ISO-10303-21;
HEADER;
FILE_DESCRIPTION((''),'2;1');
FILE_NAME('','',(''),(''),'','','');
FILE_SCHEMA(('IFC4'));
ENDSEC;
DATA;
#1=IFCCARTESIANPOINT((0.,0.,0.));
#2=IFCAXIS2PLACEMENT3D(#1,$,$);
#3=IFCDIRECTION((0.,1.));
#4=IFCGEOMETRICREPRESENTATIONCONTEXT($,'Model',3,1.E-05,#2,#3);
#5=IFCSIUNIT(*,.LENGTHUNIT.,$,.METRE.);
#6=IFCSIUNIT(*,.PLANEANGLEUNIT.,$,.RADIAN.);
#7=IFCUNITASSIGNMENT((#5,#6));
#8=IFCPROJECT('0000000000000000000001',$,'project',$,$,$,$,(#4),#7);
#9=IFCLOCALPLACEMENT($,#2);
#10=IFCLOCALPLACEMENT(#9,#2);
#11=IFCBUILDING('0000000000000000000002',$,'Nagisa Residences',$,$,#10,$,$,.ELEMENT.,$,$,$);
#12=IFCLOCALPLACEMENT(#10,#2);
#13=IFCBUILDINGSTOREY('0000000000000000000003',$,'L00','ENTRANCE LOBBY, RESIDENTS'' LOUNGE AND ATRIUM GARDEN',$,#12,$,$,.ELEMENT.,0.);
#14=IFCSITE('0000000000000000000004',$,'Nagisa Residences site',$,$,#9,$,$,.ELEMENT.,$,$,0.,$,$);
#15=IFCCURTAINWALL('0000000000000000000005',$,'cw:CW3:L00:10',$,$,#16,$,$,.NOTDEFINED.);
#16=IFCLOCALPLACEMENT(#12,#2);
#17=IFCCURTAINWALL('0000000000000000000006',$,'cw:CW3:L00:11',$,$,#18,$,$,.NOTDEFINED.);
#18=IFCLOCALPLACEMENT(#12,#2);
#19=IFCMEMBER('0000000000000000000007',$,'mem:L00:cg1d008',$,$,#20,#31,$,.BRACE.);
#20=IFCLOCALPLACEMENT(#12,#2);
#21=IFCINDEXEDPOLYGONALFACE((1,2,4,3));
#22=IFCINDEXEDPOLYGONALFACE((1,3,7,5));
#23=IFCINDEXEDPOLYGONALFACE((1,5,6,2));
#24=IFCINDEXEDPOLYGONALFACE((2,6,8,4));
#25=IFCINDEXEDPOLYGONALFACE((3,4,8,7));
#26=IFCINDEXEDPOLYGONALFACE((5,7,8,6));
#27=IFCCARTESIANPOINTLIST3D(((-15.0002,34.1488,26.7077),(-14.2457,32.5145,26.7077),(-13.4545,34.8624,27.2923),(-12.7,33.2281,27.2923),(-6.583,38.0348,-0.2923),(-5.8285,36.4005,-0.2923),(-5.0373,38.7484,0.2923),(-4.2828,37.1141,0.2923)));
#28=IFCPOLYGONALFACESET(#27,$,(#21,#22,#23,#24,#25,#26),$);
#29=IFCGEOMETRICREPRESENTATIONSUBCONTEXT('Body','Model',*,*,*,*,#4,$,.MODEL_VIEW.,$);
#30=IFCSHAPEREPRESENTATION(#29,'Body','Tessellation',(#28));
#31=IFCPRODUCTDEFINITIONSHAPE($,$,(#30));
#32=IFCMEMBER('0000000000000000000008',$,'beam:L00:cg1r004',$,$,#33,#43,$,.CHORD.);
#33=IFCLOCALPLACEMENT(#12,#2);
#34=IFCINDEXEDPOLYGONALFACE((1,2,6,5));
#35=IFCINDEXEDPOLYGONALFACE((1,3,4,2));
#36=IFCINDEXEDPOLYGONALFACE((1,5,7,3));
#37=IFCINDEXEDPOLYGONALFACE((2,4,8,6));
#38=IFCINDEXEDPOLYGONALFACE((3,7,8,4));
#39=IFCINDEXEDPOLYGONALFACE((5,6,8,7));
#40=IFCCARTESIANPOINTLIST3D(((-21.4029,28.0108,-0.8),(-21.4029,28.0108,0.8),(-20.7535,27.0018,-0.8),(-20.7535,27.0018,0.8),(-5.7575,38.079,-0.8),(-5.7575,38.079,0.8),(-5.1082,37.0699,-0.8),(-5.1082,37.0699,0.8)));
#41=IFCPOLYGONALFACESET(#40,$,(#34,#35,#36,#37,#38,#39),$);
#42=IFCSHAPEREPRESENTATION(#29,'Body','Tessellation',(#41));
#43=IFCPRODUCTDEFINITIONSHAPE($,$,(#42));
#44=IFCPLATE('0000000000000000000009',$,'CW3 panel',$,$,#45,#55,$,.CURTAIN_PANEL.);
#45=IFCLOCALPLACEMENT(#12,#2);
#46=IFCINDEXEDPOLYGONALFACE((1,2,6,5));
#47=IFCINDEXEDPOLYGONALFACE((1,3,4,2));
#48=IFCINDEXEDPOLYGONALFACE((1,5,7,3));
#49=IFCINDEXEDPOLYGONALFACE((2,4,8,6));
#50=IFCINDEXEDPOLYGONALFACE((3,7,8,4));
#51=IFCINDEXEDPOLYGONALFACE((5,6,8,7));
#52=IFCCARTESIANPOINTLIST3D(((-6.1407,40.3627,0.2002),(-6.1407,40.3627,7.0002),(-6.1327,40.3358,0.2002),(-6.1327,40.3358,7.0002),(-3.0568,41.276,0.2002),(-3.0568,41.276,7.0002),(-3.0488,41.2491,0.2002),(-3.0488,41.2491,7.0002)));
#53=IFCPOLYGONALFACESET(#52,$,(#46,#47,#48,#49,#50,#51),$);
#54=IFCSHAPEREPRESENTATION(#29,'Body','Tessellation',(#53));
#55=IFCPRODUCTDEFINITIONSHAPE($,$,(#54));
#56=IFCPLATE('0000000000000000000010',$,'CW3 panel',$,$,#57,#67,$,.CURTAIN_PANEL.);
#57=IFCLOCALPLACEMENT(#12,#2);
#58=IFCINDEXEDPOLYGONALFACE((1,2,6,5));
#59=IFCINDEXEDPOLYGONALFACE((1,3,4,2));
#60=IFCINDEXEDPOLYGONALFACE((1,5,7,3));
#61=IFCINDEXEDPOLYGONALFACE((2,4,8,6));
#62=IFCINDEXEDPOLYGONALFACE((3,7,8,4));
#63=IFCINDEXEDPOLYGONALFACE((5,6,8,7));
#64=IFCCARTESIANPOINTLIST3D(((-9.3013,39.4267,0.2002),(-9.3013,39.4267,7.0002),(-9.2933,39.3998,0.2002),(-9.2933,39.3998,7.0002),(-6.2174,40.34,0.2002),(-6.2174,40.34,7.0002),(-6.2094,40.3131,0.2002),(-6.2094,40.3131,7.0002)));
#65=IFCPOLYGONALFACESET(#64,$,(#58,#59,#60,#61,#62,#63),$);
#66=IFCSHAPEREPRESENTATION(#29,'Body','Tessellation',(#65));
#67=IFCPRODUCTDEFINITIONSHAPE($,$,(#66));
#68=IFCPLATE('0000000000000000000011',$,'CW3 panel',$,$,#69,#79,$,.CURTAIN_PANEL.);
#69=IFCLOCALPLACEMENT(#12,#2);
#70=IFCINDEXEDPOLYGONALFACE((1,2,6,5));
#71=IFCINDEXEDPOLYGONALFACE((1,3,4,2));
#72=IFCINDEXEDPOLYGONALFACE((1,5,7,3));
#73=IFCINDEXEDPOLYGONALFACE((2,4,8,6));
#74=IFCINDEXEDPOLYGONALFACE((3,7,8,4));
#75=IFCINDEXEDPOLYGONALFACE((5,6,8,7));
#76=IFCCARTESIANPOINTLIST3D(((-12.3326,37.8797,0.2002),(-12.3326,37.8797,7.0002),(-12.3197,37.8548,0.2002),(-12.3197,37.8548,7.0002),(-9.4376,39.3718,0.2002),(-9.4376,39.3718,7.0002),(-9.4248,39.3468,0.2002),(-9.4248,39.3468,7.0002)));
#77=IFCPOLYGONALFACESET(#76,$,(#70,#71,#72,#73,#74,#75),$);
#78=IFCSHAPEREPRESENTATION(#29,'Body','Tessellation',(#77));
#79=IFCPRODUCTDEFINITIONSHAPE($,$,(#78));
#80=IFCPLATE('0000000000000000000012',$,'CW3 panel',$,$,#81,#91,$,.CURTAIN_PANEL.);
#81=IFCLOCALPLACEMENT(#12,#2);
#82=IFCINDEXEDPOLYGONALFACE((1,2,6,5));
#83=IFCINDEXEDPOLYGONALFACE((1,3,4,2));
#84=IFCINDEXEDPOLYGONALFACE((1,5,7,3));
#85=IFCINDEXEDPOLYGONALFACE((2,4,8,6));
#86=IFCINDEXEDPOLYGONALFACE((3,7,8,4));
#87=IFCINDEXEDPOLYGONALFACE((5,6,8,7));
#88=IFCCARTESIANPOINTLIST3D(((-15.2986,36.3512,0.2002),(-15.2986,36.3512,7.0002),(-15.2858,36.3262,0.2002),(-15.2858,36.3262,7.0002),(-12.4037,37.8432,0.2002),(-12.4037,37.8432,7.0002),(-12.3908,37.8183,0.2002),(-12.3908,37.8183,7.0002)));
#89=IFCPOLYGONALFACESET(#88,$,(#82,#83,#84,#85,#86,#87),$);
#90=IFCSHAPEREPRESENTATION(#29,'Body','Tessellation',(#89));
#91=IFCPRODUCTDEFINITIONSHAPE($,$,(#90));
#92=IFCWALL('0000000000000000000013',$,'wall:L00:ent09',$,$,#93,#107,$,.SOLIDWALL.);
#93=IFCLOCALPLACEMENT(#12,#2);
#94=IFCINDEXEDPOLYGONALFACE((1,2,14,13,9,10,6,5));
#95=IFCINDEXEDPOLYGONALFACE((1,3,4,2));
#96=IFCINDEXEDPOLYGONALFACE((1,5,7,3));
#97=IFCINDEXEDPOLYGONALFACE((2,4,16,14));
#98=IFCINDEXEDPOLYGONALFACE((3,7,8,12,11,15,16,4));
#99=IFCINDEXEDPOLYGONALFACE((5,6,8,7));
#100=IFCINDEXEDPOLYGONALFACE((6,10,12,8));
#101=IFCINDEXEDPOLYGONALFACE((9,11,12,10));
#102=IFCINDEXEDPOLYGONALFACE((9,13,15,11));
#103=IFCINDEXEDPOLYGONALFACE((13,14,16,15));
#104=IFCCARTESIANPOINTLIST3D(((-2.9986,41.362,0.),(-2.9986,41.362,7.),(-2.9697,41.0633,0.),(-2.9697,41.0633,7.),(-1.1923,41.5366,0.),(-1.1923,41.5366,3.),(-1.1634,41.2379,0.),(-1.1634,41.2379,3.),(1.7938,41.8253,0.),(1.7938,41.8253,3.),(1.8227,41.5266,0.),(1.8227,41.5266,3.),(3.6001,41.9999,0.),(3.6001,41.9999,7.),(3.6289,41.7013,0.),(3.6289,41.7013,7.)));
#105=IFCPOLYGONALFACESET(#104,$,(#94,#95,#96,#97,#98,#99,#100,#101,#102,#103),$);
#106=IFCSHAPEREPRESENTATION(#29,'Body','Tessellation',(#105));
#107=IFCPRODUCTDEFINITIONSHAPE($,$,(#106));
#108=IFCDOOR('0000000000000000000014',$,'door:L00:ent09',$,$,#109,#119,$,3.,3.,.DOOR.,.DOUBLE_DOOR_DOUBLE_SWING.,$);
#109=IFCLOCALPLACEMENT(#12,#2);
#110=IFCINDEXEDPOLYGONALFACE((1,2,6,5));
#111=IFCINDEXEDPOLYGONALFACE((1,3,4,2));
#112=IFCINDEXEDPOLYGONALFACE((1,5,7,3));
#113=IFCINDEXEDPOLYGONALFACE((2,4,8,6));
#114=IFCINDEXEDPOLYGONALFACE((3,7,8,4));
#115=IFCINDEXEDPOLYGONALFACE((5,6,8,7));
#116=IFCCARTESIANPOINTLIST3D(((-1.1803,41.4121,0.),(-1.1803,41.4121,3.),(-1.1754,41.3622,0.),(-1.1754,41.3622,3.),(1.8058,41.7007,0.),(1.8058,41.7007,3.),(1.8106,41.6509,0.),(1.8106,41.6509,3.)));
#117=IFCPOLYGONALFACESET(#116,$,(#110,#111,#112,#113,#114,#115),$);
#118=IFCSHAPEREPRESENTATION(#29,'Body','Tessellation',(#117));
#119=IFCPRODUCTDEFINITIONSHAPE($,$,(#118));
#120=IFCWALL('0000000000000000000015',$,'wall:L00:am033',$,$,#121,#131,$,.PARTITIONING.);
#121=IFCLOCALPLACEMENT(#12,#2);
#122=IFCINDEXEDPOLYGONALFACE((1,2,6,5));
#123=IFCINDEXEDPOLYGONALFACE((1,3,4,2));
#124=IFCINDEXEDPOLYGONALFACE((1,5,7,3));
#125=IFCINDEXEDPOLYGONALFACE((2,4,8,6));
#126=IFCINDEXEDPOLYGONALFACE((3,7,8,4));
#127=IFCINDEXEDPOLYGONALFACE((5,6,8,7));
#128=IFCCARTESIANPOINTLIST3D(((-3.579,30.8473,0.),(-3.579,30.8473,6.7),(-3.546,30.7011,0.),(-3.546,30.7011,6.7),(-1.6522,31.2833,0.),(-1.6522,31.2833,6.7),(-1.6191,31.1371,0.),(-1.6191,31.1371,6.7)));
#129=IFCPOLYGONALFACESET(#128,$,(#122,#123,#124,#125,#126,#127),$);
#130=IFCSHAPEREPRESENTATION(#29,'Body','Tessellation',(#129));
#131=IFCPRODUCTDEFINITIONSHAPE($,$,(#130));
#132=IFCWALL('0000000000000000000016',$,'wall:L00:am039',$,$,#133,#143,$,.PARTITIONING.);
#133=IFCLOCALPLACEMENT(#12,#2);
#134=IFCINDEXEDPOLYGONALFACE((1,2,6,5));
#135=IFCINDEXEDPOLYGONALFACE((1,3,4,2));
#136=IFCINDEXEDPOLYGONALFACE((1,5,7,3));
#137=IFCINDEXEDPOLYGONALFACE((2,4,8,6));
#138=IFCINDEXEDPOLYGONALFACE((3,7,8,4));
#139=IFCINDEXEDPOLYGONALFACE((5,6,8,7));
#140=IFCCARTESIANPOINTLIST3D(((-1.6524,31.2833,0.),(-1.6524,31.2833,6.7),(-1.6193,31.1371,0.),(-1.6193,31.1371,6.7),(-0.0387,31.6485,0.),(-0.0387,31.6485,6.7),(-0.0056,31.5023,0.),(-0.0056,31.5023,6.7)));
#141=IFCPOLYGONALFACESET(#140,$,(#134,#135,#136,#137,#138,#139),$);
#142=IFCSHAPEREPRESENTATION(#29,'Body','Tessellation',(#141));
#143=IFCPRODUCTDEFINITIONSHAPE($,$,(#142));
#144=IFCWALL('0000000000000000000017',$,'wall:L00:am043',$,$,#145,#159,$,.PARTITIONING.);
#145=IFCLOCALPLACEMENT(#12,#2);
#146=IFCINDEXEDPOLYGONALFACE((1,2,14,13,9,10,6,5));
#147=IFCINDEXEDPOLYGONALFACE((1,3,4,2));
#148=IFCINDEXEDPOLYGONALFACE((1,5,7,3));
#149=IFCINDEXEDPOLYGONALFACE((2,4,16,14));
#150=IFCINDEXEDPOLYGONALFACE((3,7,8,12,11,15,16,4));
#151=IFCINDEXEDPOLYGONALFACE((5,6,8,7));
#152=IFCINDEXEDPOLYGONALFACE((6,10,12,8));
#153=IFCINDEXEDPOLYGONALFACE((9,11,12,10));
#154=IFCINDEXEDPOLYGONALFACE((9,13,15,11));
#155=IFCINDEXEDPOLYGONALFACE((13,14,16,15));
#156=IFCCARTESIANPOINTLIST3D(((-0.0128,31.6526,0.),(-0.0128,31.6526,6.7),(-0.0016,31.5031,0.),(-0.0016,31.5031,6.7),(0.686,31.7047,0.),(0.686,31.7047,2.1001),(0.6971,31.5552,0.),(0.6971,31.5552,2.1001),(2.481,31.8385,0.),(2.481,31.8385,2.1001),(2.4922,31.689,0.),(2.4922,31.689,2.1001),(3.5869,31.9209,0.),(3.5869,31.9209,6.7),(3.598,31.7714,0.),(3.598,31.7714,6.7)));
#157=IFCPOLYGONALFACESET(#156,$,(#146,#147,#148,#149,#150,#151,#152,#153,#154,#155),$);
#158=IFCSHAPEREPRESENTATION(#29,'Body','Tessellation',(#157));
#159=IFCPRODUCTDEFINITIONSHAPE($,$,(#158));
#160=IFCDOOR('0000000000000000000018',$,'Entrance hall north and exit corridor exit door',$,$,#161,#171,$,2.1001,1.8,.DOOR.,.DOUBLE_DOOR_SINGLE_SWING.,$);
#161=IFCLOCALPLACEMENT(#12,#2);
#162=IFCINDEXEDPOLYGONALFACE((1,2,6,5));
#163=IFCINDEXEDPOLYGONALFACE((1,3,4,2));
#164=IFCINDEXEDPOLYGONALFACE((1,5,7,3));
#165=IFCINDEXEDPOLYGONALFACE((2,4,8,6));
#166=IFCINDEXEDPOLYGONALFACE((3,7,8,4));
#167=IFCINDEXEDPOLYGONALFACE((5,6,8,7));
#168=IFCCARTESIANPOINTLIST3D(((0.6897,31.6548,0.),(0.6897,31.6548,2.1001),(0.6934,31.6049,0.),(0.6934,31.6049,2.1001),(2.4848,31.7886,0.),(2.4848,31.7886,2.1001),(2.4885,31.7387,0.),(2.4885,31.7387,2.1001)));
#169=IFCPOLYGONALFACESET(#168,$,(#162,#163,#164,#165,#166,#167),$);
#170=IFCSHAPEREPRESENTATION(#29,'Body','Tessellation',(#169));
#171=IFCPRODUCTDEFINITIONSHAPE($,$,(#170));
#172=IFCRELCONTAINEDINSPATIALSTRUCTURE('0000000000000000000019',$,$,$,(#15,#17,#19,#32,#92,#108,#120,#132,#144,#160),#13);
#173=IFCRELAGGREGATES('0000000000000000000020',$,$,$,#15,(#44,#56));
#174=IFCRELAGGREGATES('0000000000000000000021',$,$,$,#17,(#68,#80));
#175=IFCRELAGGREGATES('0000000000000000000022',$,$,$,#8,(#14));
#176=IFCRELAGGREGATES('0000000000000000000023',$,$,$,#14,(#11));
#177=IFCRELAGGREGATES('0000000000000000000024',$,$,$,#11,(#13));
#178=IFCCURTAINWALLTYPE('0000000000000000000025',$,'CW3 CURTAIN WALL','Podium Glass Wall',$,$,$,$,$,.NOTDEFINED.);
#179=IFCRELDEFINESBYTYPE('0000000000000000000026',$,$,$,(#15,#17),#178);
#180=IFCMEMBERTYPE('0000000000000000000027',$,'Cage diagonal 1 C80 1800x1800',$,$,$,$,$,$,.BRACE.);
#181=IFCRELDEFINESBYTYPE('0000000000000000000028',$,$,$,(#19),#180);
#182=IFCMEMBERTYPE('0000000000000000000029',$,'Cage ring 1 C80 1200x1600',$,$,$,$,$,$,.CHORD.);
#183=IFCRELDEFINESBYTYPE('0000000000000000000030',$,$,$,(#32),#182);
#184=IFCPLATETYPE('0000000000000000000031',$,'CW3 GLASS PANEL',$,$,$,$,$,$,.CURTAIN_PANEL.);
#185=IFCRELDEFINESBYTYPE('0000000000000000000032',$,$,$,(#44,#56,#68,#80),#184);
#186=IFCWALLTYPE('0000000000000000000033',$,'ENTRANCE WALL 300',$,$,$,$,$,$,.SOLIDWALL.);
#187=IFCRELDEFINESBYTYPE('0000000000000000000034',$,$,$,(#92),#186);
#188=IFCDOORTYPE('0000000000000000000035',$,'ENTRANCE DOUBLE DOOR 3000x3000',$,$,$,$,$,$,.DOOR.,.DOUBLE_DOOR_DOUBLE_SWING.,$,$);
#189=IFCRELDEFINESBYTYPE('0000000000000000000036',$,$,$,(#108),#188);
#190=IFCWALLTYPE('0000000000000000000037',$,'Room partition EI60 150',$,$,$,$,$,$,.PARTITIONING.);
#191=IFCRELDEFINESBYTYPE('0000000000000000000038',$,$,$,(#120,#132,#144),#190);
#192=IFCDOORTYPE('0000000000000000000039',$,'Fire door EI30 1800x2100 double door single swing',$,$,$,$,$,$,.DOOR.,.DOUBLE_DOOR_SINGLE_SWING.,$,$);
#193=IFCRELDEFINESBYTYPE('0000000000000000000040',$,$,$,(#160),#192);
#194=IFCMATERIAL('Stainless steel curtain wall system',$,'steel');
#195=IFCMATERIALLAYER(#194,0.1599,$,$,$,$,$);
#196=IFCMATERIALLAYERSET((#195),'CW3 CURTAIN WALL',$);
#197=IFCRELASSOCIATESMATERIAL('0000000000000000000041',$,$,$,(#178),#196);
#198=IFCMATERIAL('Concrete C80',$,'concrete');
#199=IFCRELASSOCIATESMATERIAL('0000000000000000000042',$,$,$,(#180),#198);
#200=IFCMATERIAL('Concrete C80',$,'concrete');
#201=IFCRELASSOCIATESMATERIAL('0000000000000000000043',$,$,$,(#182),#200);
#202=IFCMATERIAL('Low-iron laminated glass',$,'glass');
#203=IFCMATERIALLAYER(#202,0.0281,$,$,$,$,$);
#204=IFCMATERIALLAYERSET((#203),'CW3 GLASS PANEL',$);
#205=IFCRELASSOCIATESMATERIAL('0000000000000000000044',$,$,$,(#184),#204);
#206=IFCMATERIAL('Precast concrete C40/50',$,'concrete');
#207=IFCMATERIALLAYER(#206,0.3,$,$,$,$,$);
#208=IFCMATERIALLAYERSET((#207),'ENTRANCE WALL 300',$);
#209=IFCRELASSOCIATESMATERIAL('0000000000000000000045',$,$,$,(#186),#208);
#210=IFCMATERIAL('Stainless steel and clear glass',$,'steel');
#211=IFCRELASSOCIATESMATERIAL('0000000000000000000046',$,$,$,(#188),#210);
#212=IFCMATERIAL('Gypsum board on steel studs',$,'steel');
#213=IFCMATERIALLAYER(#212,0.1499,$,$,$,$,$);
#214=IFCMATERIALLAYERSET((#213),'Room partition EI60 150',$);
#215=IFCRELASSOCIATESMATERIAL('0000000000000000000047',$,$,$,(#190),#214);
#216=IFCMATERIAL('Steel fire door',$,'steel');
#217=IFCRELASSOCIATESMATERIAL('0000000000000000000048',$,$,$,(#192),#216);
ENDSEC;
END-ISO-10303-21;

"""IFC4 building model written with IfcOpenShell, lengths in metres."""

from ifc_helpers import new_model, si_unit, direction, frame, frame_2d, origin, origin_2d, place, context, subcontext, project, spatial, rectangle, extrude, material, layer, layer_set, material_profile, profile_set, type_object, element, fill, aggregate, save


model = new_model("IFC4")

# Units and contexts
model_context = context("Model", 3, precision=1e-05, world=origin(), true_north=direction((0.0, 1.0)))
body_context = subcontext(model_context, "Body", "Model", "MODEL_VIEW")
ifc_project = project(units=[si_unit("LENGTHUNIT", "METRE"), si_unit("PLANEANGLEUNIT", "RADIAN")], contexts=[model_context])

# Site, building, storey
site_placement = place(None, origin())
site = spatial("IfcSite", under=ifc_project, at=site_placement, Name="Nagisa Residences site", CompositionType="ELEMENT", RefElevation=0.0)
building_placement = place(site_placement, origin())
building = spatial("IfcBuilding", under=site, at=building_placement, Name="Nagisa Residences", CompositionType="ELEMENT")
storey_placement = place(building_placement, origin())
storey = spatial("IfcBuildingStorey", under=building, at=storey_placement, Name="L00", Description="ENTRANCE LOBBY, RESIDENTS' LOUNGE AND ATRIUM GARDEN", CompositionType="ELEMENT", Elevation=0.0)

# Curtain wall
ifc_material_1 = material(Name="Stainless steel curtain wall system", Category="steel")
ifc_layer_1 = layer(ifc_material_1, 0.1599)
ifc_layer_set_1 = layer_set([ifc_layer_1], Name="CW3 CURTAIN WALL")
curtain_wall_type = type_object("IfcCurtainWallType", Name="CW3 CURTAIN WALL", Description="Podium Glass Wall", PredefinedType="NOTDEFINED", material=ifc_layer_set_1)
curtain_wall_1_placement = place(storey_placement, origin())
curtain_wall_1 = element("IfcCurtainWall", 1, at=curtain_wall_1_placement, inside=storey, type_object=curtain_wall_type, Name="cw:CW3:L00:10", PredefinedType="NOTDEFINED")

# Curtain wall
curtain_wall_2_placement = place(storey_placement, origin())
curtain_wall_2 = element("IfcCurtainWall", 2, at=curtain_wall_2_placement, inside=storey, type_object=curtain_wall_type, Name="cw:CW3:L00:11", PredefinedType="NOTDEFINED")

# Members
ifc_material_2 = material(Name="Concrete C80", Category="concrete")
ifc_material_profile_1 = material_profile(ifc_material_2, rectangle(XDim=1.8, YDim=1.8, at=origin_2d()), Name="C80 1800x1800")
ifc_profile_set_1 = profile_set([ifc_material_profile_1], Name="Concrete C80")
member_type_1 = type_object("IfcMemberType", Name="Cage diagonal 1 C80 1800x1800", PredefinedType="BRACE", material=ifc_profile_set_1)
member_1_placement = place(storey_placement, frame((-5.4329, 37.5745, 0.0), z_axis=(-0.294852, -0.136124, 0.945797), x_axis=(0.419157, -0.907914, 0.0)))
element("IfcMember", 3, at=member_1_placement, inside=storey, type_object=member_type_1, Name="mem:L00:cg1d008", PredefinedType="BRACE", context=body_context, shape_type="SweptSolid", body=[
    extrude(rectangle(XDim=1.8, YDim=1.8, at=origin_2d()), origin(), (0.0, 0.0, 1.0), 28.5474),
])
ifc_material_3 = material(Name="Concrete C80", Category="concrete")
ifc_material_profile_2 = material_profile(ifc_material_3, rectangle(XDim=1.2, YDim=1.6001, at=origin_2d()), Name="C80 1200x1600")
ifc_profile_set_2 = profile_set([ifc_material_profile_2], Name="Concrete C80")
member_type_2 = type_object("IfcMemberType", Name="Cage ring 1 C80 1200x1600", PredefinedType="CHORD", material=ifc_profile_set_2)
member_2_placement = place(storey_placement, frame((-5.4329, 37.5745, 0.0), z_axis=(-0.840923, -0.541155, 0.0), x_axis=(0.541155, -0.840923, 0.0)))
element("IfcMember", 4, at=member_2_placement, inside=storey, type_object=member_type_2, Name="beam:L00:cg1r004", PredefinedType="CHORD", context=body_context, shape_type="SweptSolid", body=[
    extrude(rectangle(XDim=1.2, YDim=1.6001, at=origin_2d()), origin(), (0.0, 0.0, 1.0), 18.605),
])

# Plates
ifc_material_4 = material(Name="Low-iron laminated glass", Category="glass")
ifc_layer_2 = layer(ifc_material_4, 0.0281)
ifc_layer_set_2 = layer_set([ifc_layer_2], Name="CW3 GLASS PANEL")
plate_type = type_object("IfcPlateType", Name="CW3 GLASS PANEL", PredefinedType="CURTAIN_PANEL", material=ifc_layer_set_2)
plate_1_placement = place(storey_placement, frame((-4.5947, 40.8059, 0.2002), z_axis=(0.0, 0.0, 1.0), x_axis=(-0.958835, -0.283963, 0.0)))
plate_1 = element("IfcPlate", 5, at=plate_1_placement, type_object=plate_type, Name="CW3 panel", PredefinedType="CURTAIN_PANEL", context=body_context, shape_type="SweptSolid", body=[
    extrude(rectangle(XDim=3.2163, YDim=0.0281, at=origin_2d()), origin(), (0.0, 0.0, 1.0), 6.8),
])
plate_2_placement = place(storey_placement, frame((-7.7554, 39.8699, 0.2002), z_axis=(0.0, 0.0, 1.0), x_axis=(-0.958835, -0.283963, 0.0)))
plate_2 = element("IfcPlate", 6, at=plate_2_placement, type_object=plate_type, Name="CW3 panel", PredefinedType="CURTAIN_PANEL", context=body_context, shape_type="SweptSolid", body=[
    extrude(rectangle(XDim=3.2163, YDim=0.0281, at=origin_2d()), origin(), (0.0, 0.0, 1.0), 6.8),
])
aggregate(curtain_wall_1, [plate_1, plate_2])
plate_3_placement = place(storey_placement, frame((-10.8787, 38.6133, 0.2002), z_axis=(0.0, 0.0, 1.0), x_axis=(-0.888887, -0.458126, 0.0)))
plate_3 = element("IfcPlate", 7, at=plate_3_placement, type_object=plate_type, Name="CW3 panel", PredefinedType="CURTAIN_PANEL", context=body_context, shape_type="SweptSolid", body=[
    extrude(rectangle(XDim=3.2568, YDim=0.0281, at=origin_2d()), origin(), (0.0, 0.0, 1.0), 6.8),
])
plate_4_placement = place(storey_placement, frame((-13.8447, 37.0847, 0.2002), z_axis=(0.0, 0.0, 1.0), x_axis=(-0.888887, -0.458126, 0.0)))
plate_4 = element("IfcPlate", 8, at=plate_4_placement, type_object=plate_type, Name="CW3 panel", PredefinedType="CURTAIN_PANEL", context=body_context, shape_type="SweptSolid", body=[
    extrude(rectangle(XDim=3.2568, YDim=0.0281, at=origin_2d()), origin(), (0.0, 0.0, 1.0), 6.8),
])
aggregate(curtain_wall_2, [plate_3, plate_4])

# Wall, opening, door
ifc_material_5 = material(Name="Precast concrete C40/50", Category="concrete")
ifc_layer_3 = layer(ifc_material_5, 0.3)
ifc_layer_set_3 = layer_set([ifc_layer_3], Name="ENTRANCE WALL 300")
wall_type_1 = type_object("IfcWallType", Name="ENTRANCE WALL 300", PredefinedType="SOLIDWALL", material=ifc_layer_set_3)
wall_1_placement = place(storey_placement, frame((-2.9841, 41.2126, 0.0), z_axis=(0.0, 0.0, 1.0), x_axis=(0.995359, 0.096229, 0.0)))
wall_1 = element("IfcWall", 9, at=wall_1_placement, inside=storey, type_object=wall_type_1, Name="wall:L00:ent09", PredefinedType="SOLIDWALL", context=body_context, shape_type="SweptSolid", body=[
    extrude(rectangle(XDim=6.6294, YDim=0.3, at=frame_2d((3.3147, 0.0))), origin(), (0.0, 0.0, 1.0), 7.0),
])
opening_1_placement = place(wall_1_placement, frame((1.8147, 0.0, 0.0)))
opening_1 = element("IfcOpeningElement", 10, at=opening_1_placement, cuts=wall_1, PredefinedType="OPENING", context=body_context, shape_type="SweptSolid", body=[
    extrude(rectangle(XDim=3.0, YDim=3.0, at=frame_2d((1.5, 1.5))), frame((0.0, 0.1599, 0.0), z_axis=(0.0, -1.0, 0.0), x_axis=(1.0, 0.0, 0.0)), (0.0, 0.0, 1.0), 0.3201),
])
ifc_material_6 = material(Name="Stainless steel and clear glass", Category="steel")
door_type_1 = type_object("IfcDoorType", Name="ENTRANCE DOUBLE DOOR 3000x3000", OperationType="DOUBLE_DOOR_DOUBLE_SWING", PredefinedType="DOOR", material=ifc_material_6)
door_1_placement = place(opening_1_placement, origin())
door_1 = element("IfcDoor", 11, at=door_1_placement, inside=storey, type_object=door_type_1, Name="door:L00:ent09", OperationType="DOUBLE_DOOR_DOUBLE_SWING", OverallHeight=3.0, OverallWidth=3.0, PredefinedType="DOOR", context=body_context, shape_type="SweptSolid", body=[
    extrude(rectangle(XDim=3.0, YDim=3.0, at=frame_2d((1.5, 1.5))), frame((0.0, 0.0249, 0.0), z_axis=(0.0, -1.0, 0.0), x_axis=(1.0, 0.0, 0.0)), (0.0, 0.0, 1.0), 0.05),
])
fill(opening_1, door_1)

# Walls
ifc_material_7 = material(Name="Gypsum board on steel studs", Category="steel")
ifc_layer_4 = layer(ifc_material_7, 0.1499)
ifc_layer_set_4 = layer_set([ifc_layer_4], Name="Room partition EI60 150")
wall_type_2 = type_object("IfcWallType", Name="Room partition EI60 150", PredefinedType="PARTITIONING", material=ifc_layer_set_4)
wall_2_placement = place(storey_placement, frame((-3.5625, 30.7742, 0.0), z_axis=(0.0, 0.0, 1.0), x_axis=(0.975336, 0.220724, 0.0)))
element("IfcWall", 12, at=wall_2_placement, inside=storey, type_object=wall_type_2, Name="wall:L00:am033", PredefinedType="PARTITIONING", context=body_context, shape_type="SweptSolid", body=[
    extrude(rectangle(XDim=1.9756, YDim=0.1499, at=frame_2d((0.9878, 0.0))), origin(), (0.0, 0.0, 1.0), 6.7),
])
wall_3_placement = place(storey_placement, frame((-1.6357, 31.2102, 0.0), z_axis=(0.0, 0.0, 1.0), x_axis=(0.975332, 0.220741, 0.0)))
element("IfcWall", 13, at=wall_3_placement, inside=storey, type_object=wall_type_2, Name="wall:L00:am039", PredefinedType="PARTITIONING", context=body_context, shape_type="SweptSolid", body=[
    extrude(rectangle(XDim=1.6545, YDim=0.1499, at=frame_2d((0.8271, 0.0))), origin(), (0.0, 0.0, 1.0), 6.7),
])

# Wall, opening, door
wall_4_placement = place(storey_placement, frame((-0.0071, 31.5779, 0.0), z_axis=(0.0, 0.0, 1.0), x_axis=(0.997234, 0.074333, 0.0)))
wall_4 = element("IfcWall", 14, at=wall_4_placement, inside=storey, type_object=wall_type_2, Name="wall:L00:am043", PredefinedType="PARTITIONING", context=body_context, shape_type="SweptSolid", body=[
    extrude(rectangle(XDim=3.6096, YDim=0.1499, at=frame_2d((1.8047, 0.0))), origin(), (0.0, 0.0, 1.0), 6.7),
])
opening_2_placement = place(wall_4_placement, frame((0.7007, 0.0, 0.0)))
opening_2 = element("IfcOpeningElement", 15, at=opening_2_placement, cuts=wall_4, PredefinedType="OPENING", context=body_context, shape_type="SweptSolid", body=[
    extrude(rectangle(XDim=1.8, YDim=2.1001, at=frame_2d((0.8999, 1.05))), frame((0.0, 0.085, 0.0), z_axis=(0.0, -1.0, 0.0), x_axis=(1.0, 0.0, 0.0)), (0.0, 0.0, 1.0), 0.1699),
])
ifc_material_8 = material(Name="Steel fire door", Category="steel")
door_type_2 = type_object("IfcDoorType", Name="Fire door EI30 1800x2100 double door single swing", OperationType="DOUBLE_DOOR_SINGLE_SWING", PredefinedType="DOOR", material=ifc_material_8)
door_2_placement = place(opening_2_placement, origin())
door_2 = element("IfcDoor", 16, at=door_2_placement, inside=storey, type_object=door_type_2, Name="Entrance hall north and exit corridor exit door", OperationType="DOUBLE_DOOR_SINGLE_SWING", OverallHeight=2.1001, OverallWidth=1.8, PredefinedType="DOOR", context=body_context, shape_type="SweptSolid", body=[
    extrude(rectangle(XDim=1.8, YDim=2.1001, at=frame_2d((0.8999, 1.05))), frame((0.0, 0.0249, 0.0), z_axis=(0.0, -1.0, 0.0), x_axis=(1.0, 0.0, 0.0)), (0.0, 0.0, 1.0), 0.05),
])
fill(opening_2, door_2)

save(model, "model.ifc")
